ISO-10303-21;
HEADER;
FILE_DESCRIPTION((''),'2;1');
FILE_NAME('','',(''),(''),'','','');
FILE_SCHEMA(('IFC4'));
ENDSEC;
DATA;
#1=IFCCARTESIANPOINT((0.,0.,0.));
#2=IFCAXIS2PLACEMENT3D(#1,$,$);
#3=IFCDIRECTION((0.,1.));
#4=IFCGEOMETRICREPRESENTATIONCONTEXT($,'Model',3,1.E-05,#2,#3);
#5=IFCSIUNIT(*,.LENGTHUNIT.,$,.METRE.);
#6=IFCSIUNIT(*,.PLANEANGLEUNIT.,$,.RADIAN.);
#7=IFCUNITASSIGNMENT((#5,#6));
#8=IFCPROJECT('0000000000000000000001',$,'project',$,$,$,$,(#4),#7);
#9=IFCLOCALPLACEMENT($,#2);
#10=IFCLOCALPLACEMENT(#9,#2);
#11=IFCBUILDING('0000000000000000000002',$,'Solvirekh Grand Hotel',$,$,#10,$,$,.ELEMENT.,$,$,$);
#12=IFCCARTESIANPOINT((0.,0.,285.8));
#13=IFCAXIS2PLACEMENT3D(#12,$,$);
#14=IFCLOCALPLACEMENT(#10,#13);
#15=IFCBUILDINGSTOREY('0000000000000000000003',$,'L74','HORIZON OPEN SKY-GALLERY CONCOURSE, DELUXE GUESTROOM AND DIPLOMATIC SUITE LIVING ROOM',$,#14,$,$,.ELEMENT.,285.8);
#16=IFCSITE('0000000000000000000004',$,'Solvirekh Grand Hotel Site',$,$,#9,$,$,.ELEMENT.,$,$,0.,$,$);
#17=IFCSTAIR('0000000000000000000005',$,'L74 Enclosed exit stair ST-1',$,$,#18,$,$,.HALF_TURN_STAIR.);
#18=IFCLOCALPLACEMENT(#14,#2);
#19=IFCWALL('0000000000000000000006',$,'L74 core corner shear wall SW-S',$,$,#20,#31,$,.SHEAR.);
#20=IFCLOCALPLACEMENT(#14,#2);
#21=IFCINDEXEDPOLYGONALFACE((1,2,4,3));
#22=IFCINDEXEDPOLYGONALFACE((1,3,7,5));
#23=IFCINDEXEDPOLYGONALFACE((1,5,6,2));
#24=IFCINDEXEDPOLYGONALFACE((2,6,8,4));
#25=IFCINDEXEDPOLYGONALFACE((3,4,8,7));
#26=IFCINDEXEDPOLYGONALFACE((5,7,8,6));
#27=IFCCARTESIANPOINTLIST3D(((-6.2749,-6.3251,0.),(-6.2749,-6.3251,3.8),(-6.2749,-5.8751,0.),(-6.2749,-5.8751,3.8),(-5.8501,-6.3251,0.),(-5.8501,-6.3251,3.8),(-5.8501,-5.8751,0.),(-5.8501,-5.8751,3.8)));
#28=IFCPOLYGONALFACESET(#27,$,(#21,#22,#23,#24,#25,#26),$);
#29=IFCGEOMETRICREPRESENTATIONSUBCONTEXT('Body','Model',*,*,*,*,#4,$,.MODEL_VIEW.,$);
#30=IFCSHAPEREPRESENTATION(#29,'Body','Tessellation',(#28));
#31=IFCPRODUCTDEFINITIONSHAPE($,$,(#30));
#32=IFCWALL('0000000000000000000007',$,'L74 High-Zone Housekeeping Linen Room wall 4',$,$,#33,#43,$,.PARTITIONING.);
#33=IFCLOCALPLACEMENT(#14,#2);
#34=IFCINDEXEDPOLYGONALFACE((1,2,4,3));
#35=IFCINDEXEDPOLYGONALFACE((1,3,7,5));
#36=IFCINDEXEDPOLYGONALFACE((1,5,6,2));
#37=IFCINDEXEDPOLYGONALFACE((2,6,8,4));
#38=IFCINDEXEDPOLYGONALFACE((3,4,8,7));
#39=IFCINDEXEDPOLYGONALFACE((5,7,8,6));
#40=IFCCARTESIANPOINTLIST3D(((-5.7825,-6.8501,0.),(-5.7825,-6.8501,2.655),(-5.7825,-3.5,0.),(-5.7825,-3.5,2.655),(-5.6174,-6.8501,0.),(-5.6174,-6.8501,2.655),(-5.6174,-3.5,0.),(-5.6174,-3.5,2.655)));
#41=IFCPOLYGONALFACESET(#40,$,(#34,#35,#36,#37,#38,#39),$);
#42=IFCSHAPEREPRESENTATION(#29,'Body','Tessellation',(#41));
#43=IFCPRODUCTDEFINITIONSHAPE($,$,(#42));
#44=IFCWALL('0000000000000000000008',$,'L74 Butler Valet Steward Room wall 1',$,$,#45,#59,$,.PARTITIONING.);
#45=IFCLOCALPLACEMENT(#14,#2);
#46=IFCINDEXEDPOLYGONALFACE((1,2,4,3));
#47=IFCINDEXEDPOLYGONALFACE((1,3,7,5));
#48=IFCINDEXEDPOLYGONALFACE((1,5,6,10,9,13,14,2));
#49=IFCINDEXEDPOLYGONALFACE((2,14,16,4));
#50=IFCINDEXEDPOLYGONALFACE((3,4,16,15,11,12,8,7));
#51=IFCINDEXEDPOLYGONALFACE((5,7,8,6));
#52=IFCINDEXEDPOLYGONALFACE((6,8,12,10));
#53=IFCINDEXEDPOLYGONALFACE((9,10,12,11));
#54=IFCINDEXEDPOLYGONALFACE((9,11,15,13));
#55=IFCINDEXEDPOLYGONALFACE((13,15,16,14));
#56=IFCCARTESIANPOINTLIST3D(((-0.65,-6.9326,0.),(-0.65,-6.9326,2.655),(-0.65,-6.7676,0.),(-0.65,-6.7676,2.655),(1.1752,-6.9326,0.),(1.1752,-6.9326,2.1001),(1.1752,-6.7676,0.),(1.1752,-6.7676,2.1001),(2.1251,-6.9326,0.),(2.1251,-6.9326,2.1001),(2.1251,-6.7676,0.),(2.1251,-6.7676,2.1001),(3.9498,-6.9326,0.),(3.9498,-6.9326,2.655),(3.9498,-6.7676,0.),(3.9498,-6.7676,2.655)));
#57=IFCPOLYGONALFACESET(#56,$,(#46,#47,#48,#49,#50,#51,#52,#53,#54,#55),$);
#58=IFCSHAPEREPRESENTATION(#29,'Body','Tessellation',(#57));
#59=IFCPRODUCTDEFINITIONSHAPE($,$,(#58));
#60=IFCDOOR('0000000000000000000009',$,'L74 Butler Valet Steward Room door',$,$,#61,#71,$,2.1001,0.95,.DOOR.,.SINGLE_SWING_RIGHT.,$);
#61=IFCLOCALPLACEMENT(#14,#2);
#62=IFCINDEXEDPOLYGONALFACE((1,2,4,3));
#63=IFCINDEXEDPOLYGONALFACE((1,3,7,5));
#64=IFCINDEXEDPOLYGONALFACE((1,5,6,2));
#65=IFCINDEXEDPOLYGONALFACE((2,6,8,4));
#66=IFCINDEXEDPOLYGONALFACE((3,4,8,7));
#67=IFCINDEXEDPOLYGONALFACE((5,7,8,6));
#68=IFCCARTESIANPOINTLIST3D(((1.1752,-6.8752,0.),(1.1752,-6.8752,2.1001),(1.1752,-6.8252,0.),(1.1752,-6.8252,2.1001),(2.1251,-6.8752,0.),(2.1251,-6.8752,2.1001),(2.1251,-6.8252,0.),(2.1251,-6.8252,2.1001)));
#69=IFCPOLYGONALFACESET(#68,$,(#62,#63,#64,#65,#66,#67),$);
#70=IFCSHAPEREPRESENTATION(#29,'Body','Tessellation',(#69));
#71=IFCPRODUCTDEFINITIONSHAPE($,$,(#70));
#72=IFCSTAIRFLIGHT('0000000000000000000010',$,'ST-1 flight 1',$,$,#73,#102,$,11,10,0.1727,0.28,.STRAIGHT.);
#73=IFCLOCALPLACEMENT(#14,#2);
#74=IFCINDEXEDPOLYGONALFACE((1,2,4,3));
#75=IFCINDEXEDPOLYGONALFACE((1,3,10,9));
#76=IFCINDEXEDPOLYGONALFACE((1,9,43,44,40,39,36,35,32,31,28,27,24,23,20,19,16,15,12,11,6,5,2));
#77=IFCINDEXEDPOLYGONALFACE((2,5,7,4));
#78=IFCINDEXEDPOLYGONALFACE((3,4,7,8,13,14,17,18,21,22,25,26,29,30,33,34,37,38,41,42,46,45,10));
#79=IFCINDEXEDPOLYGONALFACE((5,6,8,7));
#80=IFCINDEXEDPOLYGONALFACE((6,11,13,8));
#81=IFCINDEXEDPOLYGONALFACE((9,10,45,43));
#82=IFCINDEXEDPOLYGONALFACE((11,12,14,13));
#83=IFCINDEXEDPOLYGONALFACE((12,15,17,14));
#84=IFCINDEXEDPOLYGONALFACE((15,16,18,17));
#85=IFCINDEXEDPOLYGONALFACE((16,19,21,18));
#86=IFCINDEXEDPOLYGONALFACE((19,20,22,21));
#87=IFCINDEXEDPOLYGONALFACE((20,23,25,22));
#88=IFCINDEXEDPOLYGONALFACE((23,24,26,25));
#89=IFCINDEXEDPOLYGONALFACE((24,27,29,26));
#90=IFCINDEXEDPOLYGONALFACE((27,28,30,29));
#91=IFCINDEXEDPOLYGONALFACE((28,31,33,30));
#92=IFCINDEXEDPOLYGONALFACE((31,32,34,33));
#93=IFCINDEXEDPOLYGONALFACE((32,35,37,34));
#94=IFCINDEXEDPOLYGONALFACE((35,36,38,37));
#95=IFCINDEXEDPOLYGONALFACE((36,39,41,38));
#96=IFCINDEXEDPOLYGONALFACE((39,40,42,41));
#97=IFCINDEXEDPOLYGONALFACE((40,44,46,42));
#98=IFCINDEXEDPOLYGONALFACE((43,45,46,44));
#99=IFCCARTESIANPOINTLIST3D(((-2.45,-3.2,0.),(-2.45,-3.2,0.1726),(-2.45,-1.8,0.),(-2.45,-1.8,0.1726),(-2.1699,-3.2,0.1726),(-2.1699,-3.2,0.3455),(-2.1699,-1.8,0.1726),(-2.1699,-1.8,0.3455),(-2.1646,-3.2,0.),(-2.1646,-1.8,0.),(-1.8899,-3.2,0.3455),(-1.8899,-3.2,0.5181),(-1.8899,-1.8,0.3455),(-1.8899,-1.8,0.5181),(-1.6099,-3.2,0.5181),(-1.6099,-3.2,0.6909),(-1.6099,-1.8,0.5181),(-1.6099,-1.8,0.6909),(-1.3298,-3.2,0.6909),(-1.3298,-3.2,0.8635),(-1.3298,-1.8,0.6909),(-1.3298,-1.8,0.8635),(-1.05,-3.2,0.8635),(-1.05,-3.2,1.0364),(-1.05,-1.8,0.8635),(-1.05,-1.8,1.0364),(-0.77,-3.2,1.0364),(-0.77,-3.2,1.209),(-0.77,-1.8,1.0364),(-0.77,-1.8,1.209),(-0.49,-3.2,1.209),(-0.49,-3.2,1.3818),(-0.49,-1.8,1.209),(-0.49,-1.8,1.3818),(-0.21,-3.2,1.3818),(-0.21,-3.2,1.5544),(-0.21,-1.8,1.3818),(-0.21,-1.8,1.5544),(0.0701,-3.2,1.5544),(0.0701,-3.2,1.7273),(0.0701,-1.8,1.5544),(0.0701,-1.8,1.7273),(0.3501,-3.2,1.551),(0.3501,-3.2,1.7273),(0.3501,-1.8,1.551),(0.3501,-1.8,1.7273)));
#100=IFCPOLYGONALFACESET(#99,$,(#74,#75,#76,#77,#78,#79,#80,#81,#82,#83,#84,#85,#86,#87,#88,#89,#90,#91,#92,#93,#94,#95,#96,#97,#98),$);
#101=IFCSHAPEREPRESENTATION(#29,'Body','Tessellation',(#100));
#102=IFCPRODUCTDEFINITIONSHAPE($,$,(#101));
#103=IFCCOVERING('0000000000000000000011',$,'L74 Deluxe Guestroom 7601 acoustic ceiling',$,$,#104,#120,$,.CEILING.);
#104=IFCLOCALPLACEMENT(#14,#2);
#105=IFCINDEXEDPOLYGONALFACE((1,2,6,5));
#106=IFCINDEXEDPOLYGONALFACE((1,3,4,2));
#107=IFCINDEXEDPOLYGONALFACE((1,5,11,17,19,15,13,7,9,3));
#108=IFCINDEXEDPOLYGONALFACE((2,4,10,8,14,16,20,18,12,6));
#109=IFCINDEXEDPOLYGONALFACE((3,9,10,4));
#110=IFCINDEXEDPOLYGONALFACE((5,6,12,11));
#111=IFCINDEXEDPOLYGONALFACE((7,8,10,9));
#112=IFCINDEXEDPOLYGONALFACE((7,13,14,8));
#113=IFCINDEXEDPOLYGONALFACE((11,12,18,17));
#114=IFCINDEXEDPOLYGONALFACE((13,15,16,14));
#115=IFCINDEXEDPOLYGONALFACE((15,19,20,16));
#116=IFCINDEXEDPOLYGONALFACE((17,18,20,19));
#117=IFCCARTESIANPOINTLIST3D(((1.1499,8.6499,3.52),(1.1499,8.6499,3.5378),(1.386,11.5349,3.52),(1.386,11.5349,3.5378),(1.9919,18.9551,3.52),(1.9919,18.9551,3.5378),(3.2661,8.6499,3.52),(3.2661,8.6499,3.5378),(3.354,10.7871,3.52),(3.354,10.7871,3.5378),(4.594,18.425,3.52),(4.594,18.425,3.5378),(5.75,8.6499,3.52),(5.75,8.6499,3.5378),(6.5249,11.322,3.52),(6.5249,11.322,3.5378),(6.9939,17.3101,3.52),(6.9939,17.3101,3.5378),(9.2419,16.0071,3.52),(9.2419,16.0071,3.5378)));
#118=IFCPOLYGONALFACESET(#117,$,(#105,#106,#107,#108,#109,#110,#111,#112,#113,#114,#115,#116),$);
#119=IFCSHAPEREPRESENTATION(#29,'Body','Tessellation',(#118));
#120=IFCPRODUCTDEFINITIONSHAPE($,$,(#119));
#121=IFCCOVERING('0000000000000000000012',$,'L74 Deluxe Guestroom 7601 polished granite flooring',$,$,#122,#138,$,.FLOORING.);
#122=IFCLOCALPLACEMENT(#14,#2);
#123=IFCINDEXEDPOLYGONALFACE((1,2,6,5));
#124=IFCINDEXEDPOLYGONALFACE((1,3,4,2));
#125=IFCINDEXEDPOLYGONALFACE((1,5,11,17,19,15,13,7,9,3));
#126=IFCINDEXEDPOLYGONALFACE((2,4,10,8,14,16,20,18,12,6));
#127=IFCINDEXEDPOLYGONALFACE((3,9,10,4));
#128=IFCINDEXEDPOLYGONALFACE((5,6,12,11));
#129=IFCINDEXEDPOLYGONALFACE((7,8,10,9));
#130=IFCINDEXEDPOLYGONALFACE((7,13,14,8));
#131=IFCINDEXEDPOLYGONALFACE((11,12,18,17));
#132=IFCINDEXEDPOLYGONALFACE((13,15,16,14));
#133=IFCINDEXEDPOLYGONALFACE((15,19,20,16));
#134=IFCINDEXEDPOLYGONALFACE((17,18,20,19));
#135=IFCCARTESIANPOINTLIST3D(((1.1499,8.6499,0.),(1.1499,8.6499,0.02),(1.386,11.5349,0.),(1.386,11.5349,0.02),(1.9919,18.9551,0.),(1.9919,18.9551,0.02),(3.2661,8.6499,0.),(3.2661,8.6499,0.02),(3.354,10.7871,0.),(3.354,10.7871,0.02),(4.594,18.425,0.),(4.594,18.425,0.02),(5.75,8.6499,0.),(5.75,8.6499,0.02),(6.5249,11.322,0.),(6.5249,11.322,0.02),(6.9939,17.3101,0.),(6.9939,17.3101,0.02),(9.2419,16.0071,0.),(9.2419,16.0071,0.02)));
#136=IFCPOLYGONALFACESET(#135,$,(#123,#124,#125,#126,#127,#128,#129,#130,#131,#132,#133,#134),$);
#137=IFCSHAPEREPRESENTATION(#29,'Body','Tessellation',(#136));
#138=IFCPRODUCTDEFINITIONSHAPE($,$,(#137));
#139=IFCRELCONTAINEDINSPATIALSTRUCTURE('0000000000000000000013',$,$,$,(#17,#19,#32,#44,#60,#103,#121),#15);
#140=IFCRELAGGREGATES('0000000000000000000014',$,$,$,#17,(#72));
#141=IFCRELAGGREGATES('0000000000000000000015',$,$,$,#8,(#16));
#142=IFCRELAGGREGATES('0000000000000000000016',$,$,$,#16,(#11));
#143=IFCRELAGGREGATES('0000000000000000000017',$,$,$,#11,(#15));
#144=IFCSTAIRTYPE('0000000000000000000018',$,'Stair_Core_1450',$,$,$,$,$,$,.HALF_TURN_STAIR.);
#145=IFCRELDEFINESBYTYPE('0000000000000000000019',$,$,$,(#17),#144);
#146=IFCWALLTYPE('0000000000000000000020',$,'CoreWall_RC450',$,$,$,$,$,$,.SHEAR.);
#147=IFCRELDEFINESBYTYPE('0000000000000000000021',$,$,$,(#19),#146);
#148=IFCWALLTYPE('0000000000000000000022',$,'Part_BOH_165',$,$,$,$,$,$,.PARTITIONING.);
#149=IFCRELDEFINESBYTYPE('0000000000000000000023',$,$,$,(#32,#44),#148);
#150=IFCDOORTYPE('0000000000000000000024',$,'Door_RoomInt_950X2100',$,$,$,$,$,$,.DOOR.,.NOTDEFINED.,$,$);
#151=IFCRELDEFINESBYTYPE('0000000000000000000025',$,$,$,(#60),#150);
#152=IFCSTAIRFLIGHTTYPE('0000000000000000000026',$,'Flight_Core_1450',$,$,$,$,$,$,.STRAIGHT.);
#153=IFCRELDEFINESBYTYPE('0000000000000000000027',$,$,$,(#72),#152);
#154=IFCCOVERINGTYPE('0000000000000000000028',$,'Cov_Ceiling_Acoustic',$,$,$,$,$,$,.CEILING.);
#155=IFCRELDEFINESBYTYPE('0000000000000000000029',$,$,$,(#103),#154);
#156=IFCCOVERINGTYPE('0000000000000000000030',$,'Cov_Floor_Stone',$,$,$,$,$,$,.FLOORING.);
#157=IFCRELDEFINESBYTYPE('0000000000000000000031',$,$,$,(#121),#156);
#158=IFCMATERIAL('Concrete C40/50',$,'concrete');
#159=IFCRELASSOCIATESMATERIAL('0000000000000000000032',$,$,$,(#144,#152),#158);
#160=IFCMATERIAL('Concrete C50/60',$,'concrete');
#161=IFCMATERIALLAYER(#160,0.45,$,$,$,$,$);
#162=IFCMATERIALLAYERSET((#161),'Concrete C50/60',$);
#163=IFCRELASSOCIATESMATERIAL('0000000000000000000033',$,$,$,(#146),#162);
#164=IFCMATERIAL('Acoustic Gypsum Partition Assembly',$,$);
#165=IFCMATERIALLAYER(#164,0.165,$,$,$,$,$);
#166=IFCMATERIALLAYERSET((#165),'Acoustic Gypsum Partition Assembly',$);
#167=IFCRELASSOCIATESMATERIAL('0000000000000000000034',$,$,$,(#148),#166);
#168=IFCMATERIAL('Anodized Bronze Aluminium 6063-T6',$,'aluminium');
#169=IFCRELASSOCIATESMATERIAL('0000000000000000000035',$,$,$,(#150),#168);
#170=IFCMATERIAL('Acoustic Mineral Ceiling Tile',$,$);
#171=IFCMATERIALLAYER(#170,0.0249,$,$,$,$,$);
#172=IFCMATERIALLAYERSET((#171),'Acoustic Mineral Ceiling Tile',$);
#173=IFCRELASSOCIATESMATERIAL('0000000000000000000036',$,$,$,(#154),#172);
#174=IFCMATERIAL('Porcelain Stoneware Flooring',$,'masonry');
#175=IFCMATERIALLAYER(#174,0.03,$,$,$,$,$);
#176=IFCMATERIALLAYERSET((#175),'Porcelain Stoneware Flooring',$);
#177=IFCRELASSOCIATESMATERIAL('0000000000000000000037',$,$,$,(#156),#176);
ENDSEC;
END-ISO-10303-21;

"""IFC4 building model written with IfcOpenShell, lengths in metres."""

from ifc_helpers import new_model, si_unit, direction, frame, frame_2d, origin, place, context, subcontext, project, spatial, polyline, rectangle, outline, extrude, material, layer, layer_set, type_object, element, fill, aggregate, save


model = new_model("IFC4")

# Units and contexts
model_context = context("Model", 3, precision=1e-05, world=origin(), true_north=direction((0.0, 1.0)))
body_context = subcontext(model_context, "Body", "Model", "MODEL_VIEW")
ifc_project = project(units=[si_unit("LENGTHUNIT", "METRE"), si_unit("PLANEANGLEUNIT", "RADIAN")], contexts=[model_context])

# Site, building, storey
site_placement = place(None, origin())
site = spatial("IfcSite", under=ifc_project, at=site_placement, Name="Solvirekh Grand Hotel Site", CompositionType="ELEMENT", RefElevation=0.0)
building_placement = place(site_placement, origin())
building = spatial("IfcBuilding", under=site, at=building_placement, Name="Solvirekh Grand Hotel", CompositionType="ELEMENT")
storey_placement = place(building_placement, frame((0.0, 0.0, 285.8)))
storey = spatial("IfcBuildingStorey", under=building, at=storey_placement, Name="L74", Description="HORIZON OPEN SKY-GALLERY CONCOURSE, DELUXE GUESTROOM AND DIPLOMATIC SUITE LIVING ROOM", CompositionType="ELEMENT", Elevation=285.8)

# Shared definitions
ifc_material_1 = material(Name="Concrete C50/60", Category="concrete")

# Stair
ifc_material_2 = material(Name="Concrete C40/50", Category="concrete")
stair_type = type_object("IfcStairType", Name="Stair_Core_1450", PredefinedType="HALF_TURN_STAIR", material=ifc_material_2)
stair_1_placement = place(storey_placement, origin())
stair_1 = element("IfcStair", 1, at=stair_1_placement, inside=storey, type_object=stair_type, Name="L74 Enclosed exit stair ST-1", PredefinedType="HALF_TURN_STAIR")

# Walls
ifc_layer_1 = layer(ifc_material_1, 0.45)
ifc_layer_set_1 = layer_set([ifc_layer_1], Name="Concrete C50/60")
wall_type_1 = type_object("IfcWallType", Name="CoreWall_RC450", PredefinedType="SHEAR", material=ifc_layer_set_1)
wall_1_placement = place(storey_placement, frame((-6.2749, -6.1001, 0.0), z_axis=(0.0, 0.0, 1.0), x_axis=(1.0, 0.0, 0.0)))
element("IfcWall", 2, at=wall_1_placement, inside=storey, type_object=wall_type_1, Name="L74 core corner shear wall SW-S", PredefinedType="SHEAR", context=body_context, shape_type="SweptSolid", body=[
    extrude(rectangle(XDim=0.4248, YDim=0.45, at=frame_2d((0.2124, 0.0))), origin(), (0.0, 0.0, 1.0), 3.8),
])
ifc_material_3 = material(Name="Acoustic Gypsum Partition Assembly")
ifc_layer_2 = layer(ifc_material_3, 0.165)
ifc_layer_set_2 = layer_set([ifc_layer_2], Name="Acoustic Gypsum Partition Assembly")
wall_type_2 = type_object("IfcWallType", Name="Part_BOH_165", PredefinedType="PARTITIONING", material=ifc_layer_set_2)
wall_2_placement = place(storey_placement, frame((-5.7, -3.5, 0.0), z_axis=(0.0, 0.0, 1.0), x_axis=(0.0, -1.0, 0.0)))
element("IfcWall", 3, at=wall_2_placement, inside=storey, type_object=wall_type_2, Name="L74 High-Zone Housekeeping Linen Room wall 4", PredefinedType="PARTITIONING", context=body_context, shape_type="SweptSolid", body=[
    extrude(rectangle(XDim=3.3501, YDim=0.165, at=frame_2d((1.675, 0.0))), origin(), (0.0, 0.0, 1.0), 2.655),
])

# Wall, opening, door
wall_3_placement = place(storey_placement, frame((-0.6499, -6.8501, 0.0), z_axis=(0.0, 0.0, 1.0), x_axis=(1.0, 0.0, 0.0)))
wall_3 = element("IfcWall", 4, at=wall_3_placement, inside=storey, type_object=wall_type_2, Name="L74 Butler Valet Steward Room wall 1", PredefinedType="PARTITIONING", context=body_context, shape_type="SweptSolid", body=[
    extrude(rectangle(XDim=4.5999, YDim=0.165, at=frame_2d((2.2998, 0.0))), origin(), (0.0, 0.0, 1.0), 2.655),
])
opening_1_placement = place(wall_3_placement, frame((1.825, 0.0, 0.0)))
opening_1 = element("IfcOpeningElement", 5, at=opening_1_placement, cuts=wall_3, PredefinedType="OPENING", context=body_context, shape_type="SweptSolid", body=[
    extrude(rectangle(XDim=0.95, YDim=2.1001, at=frame_2d((0.4751, 1.05))), frame((0.0, 0.0925, 0.0), z_axis=(0.0, -1.0, 0.0), x_axis=(1.0, 0.0, 0.0)), (0.0, 0.0, 1.0), 0.1851),
])
ifc_material_4 = material(Name="Anodized Bronze Aluminium 6063-T6", Category="aluminium")
door_type_1 = type_object("IfcDoorType", Name="Door_RoomInt_950X2100", OperationType="NOTDEFINED", PredefinedType="DOOR", material=ifc_material_4)
door_1_placement = place(opening_1_placement, origin())
door_1 = element("IfcDoor", 6, at=door_1_placement, inside=storey, type_object=door_type_1, Name="L74 Butler Valet Steward Room door", OperationType="SINGLE_SWING_RIGHT", OverallHeight=2.1001, OverallWidth=0.95, PredefinedType="DOOR", context=body_context, shape_type="SweptSolid", body=[
    extrude(rectangle(XDim=0.95, YDim=2.1001, at=frame_2d((0.4751, 1.05))), frame((0.0, 0.0249, 0.0), z_axis=(0.0, -1.0, 0.0), x_axis=(1.0, 0.0, 0.0)), (0.0, 0.0, 1.0), 0.05),
])
fill(opening_1, door_1)

# Stair flight
stair_flight_type = type_object("IfcStairFlightType", Name="Flight_Core_1450", PredefinedType="STRAIGHT", material=ifc_material_2)
stair_flight_placement = place(storey_placement, frame((-2.45, -2.5, 0.0), z_axis=(0.0, 0.0, 1.0), x_axis=(1.0, 0.0, 0.0)))
stair_flight = element("IfcStairFlight", 7, at=stair_flight_placement, type_object=stair_flight_type, Name="ST-1 flight 1", NumberOfRisers=11, NumberOfTreads=10, PredefinedType="STRAIGHT", RiserHeight=0.1727, TreadLength=0.28, context=body_context, shape_type="SweptSolid", body=[
    extrude(outline(polyline([(0.0, 0.0), (0.0, 0.1726), (0.28, 0.1726), (0.28, 0.3455), (0.5601, 0.3455), (0.5601, 0.5181), (0.8401, 0.5181), (0.8401, 0.6909), (1.1201, 0.6909), (1.1201, 0.8635), (1.3999, 0.8635), (1.3999, 1.0364), (1.6799, 1.0364), (1.6799, 1.209), (1.96, 1.209), (1.96, 1.3818), (2.24, 1.3818), (2.24, 1.5544), (2.52, 1.5544), (2.52, 1.7273), (2.8, 1.7273), (2.8, 1.8999), (2.8, 1.551), (0.2854, 0.0), (0.0, 0.0)])), frame((0.0, 0.7, 0.0), z_axis=(0.0, -1.0, 0.0), x_axis=(1.0, 0.0, 0.0)), (0.0, 0.0, 1.0), 1.3999),
])
aggregate(stair_1, [stair_flight])

# Coverings
ifc_material_5 = material(Name="Acoustic Mineral Ceiling Tile")
ifc_layer_3 = layer(ifc_material_5, 0.0249)
ifc_layer_set_3 = layer_set([ifc_layer_3], Name="Acoustic Mineral Ceiling Tile")
covering_type_1 = type_object("IfcCoveringType", Name="Cov_Ceiling_Acoustic", PredefinedType="CEILING", material=ifc_layer_set_3)
covering_1_placement = place(storey_placement, frame((0.0, 0.0, 3.52)))
element("IfcCovering", 8, at=covering_1_placement, inside=storey, type_object=covering_type_1, Name="L74 Deluxe Guestroom 7601 acoustic ceiling", PredefinedType="CEILING", context=body_context, shape_type="SweptSolid", body=[
    extrude(outline(polyline([(1.1499, 8.6499), (1.386, 11.5349), (3.354, 10.7871), (3.2661, 8.6499), (5.75, 8.6499), (6.5249, 11.322), (9.2419, 16.0071), (6.9939, 17.3101), (4.594, 18.425), (1.9919, 18.9551), (1.1499, 8.6499)])), origin(), (0.0, 0.0, 1.0), 0.0178),
])
ifc_material_6 = material(Name="Porcelain Stoneware Flooring", Category="masonry")
ifc_layer_4 = layer(ifc_material_6, 0.03)
ifc_layer_set_4 = layer_set([ifc_layer_4], Name="Porcelain Stoneware Flooring")
covering_type_2 = type_object("IfcCoveringType", Name="Cov_Floor_Stone", PredefinedType="FLOORING", material=ifc_layer_set_4)
covering_2_placement = place(storey_placement, origin())
element("IfcCovering", 9, at=covering_2_placement, inside=storey, type_object=covering_type_2, Name="L74 Deluxe Guestroom 7601 polished granite flooring", PredefinedType="FLOORING", context=body_context, shape_type="SweptSolid", body=[
    extrude(outline(polyline([(1.1499, 8.6499), (1.386, 11.5349), (3.354, 10.7871), (3.2661, 8.6499), (5.75, 8.6499), (6.5249, 11.322), (9.2419, 16.0071), (6.9939, 17.3101), (4.594, 18.425), (1.9919, 18.9551), (1.1499, 8.6499)])), origin(), (0.0, 0.0, 1.0), 0.02),
])

save(model, "model.ifc")
